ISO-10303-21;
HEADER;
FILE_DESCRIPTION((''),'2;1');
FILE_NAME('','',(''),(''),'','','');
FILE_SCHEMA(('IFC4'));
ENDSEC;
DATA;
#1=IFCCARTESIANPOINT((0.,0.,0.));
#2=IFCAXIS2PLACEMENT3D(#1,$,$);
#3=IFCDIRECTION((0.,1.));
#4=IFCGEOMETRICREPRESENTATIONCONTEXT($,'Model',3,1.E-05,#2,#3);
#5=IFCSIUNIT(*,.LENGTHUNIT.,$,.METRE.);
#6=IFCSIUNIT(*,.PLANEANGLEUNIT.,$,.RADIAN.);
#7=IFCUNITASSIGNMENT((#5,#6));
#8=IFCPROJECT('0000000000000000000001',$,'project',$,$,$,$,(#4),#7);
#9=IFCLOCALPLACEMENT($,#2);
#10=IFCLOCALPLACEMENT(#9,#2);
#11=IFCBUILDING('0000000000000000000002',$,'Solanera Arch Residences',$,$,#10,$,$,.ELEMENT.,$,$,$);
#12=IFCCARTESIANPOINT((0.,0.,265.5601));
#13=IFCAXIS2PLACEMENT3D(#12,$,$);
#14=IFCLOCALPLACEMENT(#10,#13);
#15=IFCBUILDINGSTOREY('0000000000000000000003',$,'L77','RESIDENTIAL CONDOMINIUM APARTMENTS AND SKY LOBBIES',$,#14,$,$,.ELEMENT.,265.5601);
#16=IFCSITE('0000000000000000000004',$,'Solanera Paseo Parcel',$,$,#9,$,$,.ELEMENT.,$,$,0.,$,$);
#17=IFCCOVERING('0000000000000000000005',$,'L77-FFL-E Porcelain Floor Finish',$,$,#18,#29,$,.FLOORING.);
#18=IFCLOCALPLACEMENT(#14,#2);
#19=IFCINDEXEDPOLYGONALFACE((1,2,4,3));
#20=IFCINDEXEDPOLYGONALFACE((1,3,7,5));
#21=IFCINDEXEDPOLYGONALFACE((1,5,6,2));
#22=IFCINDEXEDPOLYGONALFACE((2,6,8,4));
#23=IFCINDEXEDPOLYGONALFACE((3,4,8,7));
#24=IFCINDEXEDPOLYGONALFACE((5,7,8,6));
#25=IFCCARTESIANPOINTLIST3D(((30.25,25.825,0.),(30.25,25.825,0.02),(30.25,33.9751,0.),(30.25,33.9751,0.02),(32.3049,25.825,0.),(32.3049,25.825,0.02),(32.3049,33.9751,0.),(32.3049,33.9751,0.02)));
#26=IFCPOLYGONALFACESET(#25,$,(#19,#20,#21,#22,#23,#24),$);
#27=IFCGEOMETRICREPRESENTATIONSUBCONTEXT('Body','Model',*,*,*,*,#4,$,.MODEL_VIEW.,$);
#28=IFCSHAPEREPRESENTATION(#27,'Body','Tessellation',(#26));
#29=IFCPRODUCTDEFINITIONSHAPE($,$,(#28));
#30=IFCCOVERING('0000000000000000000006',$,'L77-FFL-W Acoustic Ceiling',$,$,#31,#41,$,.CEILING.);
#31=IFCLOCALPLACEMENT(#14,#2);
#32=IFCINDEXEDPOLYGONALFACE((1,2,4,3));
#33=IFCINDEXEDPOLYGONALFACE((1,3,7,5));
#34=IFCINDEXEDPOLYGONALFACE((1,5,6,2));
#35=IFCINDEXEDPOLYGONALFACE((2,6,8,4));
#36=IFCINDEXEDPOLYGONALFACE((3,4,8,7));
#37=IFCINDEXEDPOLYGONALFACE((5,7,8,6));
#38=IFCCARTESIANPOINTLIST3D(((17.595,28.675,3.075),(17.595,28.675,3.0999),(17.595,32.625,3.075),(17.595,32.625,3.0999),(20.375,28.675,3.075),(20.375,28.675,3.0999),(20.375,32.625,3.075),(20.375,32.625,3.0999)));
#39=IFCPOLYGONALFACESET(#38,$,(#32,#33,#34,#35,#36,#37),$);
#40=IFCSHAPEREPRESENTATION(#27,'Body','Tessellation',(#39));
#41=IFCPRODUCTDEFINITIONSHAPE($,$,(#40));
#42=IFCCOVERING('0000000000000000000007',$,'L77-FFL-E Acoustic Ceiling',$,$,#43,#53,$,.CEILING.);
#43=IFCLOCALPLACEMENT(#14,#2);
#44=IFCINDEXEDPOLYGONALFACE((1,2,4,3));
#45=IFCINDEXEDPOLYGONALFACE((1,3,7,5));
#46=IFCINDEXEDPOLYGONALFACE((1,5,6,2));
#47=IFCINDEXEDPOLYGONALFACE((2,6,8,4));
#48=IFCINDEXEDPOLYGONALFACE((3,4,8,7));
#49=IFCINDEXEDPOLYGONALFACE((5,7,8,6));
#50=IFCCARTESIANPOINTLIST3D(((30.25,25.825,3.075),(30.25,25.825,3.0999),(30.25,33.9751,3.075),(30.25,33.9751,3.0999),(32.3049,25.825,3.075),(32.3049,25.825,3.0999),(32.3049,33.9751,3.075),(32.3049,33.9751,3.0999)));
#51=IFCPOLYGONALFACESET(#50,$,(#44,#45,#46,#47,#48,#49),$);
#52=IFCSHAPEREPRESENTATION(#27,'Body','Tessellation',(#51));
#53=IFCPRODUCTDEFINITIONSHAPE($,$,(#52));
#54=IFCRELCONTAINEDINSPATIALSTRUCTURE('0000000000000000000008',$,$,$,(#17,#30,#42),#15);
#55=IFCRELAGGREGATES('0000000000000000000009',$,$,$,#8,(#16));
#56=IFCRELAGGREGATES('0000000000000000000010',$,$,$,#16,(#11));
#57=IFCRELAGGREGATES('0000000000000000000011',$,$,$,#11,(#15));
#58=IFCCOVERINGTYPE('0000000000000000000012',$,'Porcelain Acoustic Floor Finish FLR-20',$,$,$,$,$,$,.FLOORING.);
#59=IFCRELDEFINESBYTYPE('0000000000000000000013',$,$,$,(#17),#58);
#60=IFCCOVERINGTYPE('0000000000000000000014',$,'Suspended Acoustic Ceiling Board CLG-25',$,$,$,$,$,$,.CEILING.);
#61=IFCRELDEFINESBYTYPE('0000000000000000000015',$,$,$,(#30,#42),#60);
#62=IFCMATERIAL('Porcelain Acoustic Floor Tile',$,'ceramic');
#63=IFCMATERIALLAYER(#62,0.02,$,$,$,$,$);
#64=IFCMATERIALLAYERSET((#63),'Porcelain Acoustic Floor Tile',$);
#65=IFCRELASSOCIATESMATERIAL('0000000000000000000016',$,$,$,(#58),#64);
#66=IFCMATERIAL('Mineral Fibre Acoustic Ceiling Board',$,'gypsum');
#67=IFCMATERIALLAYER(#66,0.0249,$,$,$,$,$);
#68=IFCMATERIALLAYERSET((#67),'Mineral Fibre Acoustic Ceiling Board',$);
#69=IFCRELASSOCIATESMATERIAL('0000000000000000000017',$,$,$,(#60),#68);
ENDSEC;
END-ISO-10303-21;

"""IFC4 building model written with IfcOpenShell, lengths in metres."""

from ifc_helpers import new_model, si_unit, direction, frame, origin, place, context, subcontext, project, spatial, polyline, outline, extrude, material, layer, layer_set, type_object, element, save


model = new_model("IFC4")

# Units and contexts
model_context = context("Model", 3, precision=1e-05, world=origin(), true_north=direction((0.0, 1.0)))
body_context = subcontext(model_context, "Body", "Model", "MODEL_VIEW")
ifc_project = project(units=[si_unit("LENGTHUNIT", "METRE"), si_unit("PLANEANGLEUNIT", "RADIAN")], contexts=[model_context])

# Site, building, storey
site_placement = place(None, origin())
site = spatial("IfcSite", under=ifc_project, at=site_placement, Name="Solanera Paseo Parcel", CompositionType="ELEMENT", RefElevation=0.0)
building_placement = place(site_placement, origin())
building = spatial("IfcBuilding", under=site, at=building_placement, Name="Solanera Arch Residences", CompositionType="ELEMENT")
storey_placement = place(building_placement, frame((0.0, 0.0, 265.5601)))
storey = spatial("IfcBuildingStorey", under=building, at=storey_placement, Name="L77", Description="RESIDENTIAL CONDOMINIUM APARTMENTS AND SKY LOBBIES", CompositionType="ELEMENT", Elevation=265.5601)

# Coverings
ifc_material_1 = material(Name="Porcelain Acoustic Floor Tile", Category="ceramic")
ifc_layer_1 = layer(ifc_material_1, 0.02)
ifc_layer_set_1 = layer_set([ifc_layer_1], Name="Porcelain Acoustic Floor Tile")
covering_type_1 = type_object("IfcCoveringType", Name="Porcelain Acoustic Floor Finish FLR-20", PredefinedType="FLOORING", material=ifc_layer_set_1)
covering_1_placement = place(storey_placement, origin())
element("IfcCovering", 1, at=covering_1_placement, inside=storey, type_object=covering_type_1, Name="L77-FFL-E Porcelain Floor Finish", PredefinedType="FLOORING", context=body_context, shape_type="SweptSolid", body=[
    extrude(outline(polyline([(32.3049, 25.825), (30.25, 25.825), (30.25, 33.9751), (32.3049, 33.9751), (32.3049, 25.825)])), origin(), (0.0, 0.0, 1.0), 0.02),
])
ifc_material_2 = material(Name="Mineral Fibre Acoustic Ceiling Board", Category="gypsum")
ifc_layer_2 = layer(ifc_material_2, 0.0249)
ifc_layer_set_2 = layer_set([ifc_layer_2], Name="Mineral Fibre Acoustic Ceiling Board")
covering_type_2 = type_object("IfcCoveringType", Name="Suspended Acoustic Ceiling Board CLG-25", PredefinedType="CEILING", material=ifc_layer_set_2)
covering_2_placement = place(storey_placement, frame((0.0, 0.0, 3.075)))
element("IfcCovering", 2, at=covering_2_placement, inside=storey, type_object=covering_type_2, Name="L77-FFL-W Acoustic Ceiling", PredefinedType="CEILING", context=body_context, shape_type="SweptSolid", body=[
    extrude(outline(polyline([(20.375, 28.675), (17.595, 28.675), (17.595, 32.625), (20.375, 32.625), (20.375, 28.675)])), origin(), (0.0, 0.0, 1.0), 0.0249),
])
covering_3_placement = place(storey_placement, frame((0.0, 0.0, 3.075)))
element("IfcCovering", 3, at=covering_3_placement, inside=storey, type_object=covering_type_2, Name="L77-FFL-E Acoustic Ceiling", PredefinedType="CEILING", context=body_context, shape_type="SweptSolid", body=[
    extrude(outline(polyline([(32.3049, 25.825), (30.25, 25.825), (30.25, 33.9751), (32.3049, 33.9751), (32.3049, 25.825)])), origin(), (0.0, 0.0, 1.0), 0.0249),
])

save(model, "model.ifc")
